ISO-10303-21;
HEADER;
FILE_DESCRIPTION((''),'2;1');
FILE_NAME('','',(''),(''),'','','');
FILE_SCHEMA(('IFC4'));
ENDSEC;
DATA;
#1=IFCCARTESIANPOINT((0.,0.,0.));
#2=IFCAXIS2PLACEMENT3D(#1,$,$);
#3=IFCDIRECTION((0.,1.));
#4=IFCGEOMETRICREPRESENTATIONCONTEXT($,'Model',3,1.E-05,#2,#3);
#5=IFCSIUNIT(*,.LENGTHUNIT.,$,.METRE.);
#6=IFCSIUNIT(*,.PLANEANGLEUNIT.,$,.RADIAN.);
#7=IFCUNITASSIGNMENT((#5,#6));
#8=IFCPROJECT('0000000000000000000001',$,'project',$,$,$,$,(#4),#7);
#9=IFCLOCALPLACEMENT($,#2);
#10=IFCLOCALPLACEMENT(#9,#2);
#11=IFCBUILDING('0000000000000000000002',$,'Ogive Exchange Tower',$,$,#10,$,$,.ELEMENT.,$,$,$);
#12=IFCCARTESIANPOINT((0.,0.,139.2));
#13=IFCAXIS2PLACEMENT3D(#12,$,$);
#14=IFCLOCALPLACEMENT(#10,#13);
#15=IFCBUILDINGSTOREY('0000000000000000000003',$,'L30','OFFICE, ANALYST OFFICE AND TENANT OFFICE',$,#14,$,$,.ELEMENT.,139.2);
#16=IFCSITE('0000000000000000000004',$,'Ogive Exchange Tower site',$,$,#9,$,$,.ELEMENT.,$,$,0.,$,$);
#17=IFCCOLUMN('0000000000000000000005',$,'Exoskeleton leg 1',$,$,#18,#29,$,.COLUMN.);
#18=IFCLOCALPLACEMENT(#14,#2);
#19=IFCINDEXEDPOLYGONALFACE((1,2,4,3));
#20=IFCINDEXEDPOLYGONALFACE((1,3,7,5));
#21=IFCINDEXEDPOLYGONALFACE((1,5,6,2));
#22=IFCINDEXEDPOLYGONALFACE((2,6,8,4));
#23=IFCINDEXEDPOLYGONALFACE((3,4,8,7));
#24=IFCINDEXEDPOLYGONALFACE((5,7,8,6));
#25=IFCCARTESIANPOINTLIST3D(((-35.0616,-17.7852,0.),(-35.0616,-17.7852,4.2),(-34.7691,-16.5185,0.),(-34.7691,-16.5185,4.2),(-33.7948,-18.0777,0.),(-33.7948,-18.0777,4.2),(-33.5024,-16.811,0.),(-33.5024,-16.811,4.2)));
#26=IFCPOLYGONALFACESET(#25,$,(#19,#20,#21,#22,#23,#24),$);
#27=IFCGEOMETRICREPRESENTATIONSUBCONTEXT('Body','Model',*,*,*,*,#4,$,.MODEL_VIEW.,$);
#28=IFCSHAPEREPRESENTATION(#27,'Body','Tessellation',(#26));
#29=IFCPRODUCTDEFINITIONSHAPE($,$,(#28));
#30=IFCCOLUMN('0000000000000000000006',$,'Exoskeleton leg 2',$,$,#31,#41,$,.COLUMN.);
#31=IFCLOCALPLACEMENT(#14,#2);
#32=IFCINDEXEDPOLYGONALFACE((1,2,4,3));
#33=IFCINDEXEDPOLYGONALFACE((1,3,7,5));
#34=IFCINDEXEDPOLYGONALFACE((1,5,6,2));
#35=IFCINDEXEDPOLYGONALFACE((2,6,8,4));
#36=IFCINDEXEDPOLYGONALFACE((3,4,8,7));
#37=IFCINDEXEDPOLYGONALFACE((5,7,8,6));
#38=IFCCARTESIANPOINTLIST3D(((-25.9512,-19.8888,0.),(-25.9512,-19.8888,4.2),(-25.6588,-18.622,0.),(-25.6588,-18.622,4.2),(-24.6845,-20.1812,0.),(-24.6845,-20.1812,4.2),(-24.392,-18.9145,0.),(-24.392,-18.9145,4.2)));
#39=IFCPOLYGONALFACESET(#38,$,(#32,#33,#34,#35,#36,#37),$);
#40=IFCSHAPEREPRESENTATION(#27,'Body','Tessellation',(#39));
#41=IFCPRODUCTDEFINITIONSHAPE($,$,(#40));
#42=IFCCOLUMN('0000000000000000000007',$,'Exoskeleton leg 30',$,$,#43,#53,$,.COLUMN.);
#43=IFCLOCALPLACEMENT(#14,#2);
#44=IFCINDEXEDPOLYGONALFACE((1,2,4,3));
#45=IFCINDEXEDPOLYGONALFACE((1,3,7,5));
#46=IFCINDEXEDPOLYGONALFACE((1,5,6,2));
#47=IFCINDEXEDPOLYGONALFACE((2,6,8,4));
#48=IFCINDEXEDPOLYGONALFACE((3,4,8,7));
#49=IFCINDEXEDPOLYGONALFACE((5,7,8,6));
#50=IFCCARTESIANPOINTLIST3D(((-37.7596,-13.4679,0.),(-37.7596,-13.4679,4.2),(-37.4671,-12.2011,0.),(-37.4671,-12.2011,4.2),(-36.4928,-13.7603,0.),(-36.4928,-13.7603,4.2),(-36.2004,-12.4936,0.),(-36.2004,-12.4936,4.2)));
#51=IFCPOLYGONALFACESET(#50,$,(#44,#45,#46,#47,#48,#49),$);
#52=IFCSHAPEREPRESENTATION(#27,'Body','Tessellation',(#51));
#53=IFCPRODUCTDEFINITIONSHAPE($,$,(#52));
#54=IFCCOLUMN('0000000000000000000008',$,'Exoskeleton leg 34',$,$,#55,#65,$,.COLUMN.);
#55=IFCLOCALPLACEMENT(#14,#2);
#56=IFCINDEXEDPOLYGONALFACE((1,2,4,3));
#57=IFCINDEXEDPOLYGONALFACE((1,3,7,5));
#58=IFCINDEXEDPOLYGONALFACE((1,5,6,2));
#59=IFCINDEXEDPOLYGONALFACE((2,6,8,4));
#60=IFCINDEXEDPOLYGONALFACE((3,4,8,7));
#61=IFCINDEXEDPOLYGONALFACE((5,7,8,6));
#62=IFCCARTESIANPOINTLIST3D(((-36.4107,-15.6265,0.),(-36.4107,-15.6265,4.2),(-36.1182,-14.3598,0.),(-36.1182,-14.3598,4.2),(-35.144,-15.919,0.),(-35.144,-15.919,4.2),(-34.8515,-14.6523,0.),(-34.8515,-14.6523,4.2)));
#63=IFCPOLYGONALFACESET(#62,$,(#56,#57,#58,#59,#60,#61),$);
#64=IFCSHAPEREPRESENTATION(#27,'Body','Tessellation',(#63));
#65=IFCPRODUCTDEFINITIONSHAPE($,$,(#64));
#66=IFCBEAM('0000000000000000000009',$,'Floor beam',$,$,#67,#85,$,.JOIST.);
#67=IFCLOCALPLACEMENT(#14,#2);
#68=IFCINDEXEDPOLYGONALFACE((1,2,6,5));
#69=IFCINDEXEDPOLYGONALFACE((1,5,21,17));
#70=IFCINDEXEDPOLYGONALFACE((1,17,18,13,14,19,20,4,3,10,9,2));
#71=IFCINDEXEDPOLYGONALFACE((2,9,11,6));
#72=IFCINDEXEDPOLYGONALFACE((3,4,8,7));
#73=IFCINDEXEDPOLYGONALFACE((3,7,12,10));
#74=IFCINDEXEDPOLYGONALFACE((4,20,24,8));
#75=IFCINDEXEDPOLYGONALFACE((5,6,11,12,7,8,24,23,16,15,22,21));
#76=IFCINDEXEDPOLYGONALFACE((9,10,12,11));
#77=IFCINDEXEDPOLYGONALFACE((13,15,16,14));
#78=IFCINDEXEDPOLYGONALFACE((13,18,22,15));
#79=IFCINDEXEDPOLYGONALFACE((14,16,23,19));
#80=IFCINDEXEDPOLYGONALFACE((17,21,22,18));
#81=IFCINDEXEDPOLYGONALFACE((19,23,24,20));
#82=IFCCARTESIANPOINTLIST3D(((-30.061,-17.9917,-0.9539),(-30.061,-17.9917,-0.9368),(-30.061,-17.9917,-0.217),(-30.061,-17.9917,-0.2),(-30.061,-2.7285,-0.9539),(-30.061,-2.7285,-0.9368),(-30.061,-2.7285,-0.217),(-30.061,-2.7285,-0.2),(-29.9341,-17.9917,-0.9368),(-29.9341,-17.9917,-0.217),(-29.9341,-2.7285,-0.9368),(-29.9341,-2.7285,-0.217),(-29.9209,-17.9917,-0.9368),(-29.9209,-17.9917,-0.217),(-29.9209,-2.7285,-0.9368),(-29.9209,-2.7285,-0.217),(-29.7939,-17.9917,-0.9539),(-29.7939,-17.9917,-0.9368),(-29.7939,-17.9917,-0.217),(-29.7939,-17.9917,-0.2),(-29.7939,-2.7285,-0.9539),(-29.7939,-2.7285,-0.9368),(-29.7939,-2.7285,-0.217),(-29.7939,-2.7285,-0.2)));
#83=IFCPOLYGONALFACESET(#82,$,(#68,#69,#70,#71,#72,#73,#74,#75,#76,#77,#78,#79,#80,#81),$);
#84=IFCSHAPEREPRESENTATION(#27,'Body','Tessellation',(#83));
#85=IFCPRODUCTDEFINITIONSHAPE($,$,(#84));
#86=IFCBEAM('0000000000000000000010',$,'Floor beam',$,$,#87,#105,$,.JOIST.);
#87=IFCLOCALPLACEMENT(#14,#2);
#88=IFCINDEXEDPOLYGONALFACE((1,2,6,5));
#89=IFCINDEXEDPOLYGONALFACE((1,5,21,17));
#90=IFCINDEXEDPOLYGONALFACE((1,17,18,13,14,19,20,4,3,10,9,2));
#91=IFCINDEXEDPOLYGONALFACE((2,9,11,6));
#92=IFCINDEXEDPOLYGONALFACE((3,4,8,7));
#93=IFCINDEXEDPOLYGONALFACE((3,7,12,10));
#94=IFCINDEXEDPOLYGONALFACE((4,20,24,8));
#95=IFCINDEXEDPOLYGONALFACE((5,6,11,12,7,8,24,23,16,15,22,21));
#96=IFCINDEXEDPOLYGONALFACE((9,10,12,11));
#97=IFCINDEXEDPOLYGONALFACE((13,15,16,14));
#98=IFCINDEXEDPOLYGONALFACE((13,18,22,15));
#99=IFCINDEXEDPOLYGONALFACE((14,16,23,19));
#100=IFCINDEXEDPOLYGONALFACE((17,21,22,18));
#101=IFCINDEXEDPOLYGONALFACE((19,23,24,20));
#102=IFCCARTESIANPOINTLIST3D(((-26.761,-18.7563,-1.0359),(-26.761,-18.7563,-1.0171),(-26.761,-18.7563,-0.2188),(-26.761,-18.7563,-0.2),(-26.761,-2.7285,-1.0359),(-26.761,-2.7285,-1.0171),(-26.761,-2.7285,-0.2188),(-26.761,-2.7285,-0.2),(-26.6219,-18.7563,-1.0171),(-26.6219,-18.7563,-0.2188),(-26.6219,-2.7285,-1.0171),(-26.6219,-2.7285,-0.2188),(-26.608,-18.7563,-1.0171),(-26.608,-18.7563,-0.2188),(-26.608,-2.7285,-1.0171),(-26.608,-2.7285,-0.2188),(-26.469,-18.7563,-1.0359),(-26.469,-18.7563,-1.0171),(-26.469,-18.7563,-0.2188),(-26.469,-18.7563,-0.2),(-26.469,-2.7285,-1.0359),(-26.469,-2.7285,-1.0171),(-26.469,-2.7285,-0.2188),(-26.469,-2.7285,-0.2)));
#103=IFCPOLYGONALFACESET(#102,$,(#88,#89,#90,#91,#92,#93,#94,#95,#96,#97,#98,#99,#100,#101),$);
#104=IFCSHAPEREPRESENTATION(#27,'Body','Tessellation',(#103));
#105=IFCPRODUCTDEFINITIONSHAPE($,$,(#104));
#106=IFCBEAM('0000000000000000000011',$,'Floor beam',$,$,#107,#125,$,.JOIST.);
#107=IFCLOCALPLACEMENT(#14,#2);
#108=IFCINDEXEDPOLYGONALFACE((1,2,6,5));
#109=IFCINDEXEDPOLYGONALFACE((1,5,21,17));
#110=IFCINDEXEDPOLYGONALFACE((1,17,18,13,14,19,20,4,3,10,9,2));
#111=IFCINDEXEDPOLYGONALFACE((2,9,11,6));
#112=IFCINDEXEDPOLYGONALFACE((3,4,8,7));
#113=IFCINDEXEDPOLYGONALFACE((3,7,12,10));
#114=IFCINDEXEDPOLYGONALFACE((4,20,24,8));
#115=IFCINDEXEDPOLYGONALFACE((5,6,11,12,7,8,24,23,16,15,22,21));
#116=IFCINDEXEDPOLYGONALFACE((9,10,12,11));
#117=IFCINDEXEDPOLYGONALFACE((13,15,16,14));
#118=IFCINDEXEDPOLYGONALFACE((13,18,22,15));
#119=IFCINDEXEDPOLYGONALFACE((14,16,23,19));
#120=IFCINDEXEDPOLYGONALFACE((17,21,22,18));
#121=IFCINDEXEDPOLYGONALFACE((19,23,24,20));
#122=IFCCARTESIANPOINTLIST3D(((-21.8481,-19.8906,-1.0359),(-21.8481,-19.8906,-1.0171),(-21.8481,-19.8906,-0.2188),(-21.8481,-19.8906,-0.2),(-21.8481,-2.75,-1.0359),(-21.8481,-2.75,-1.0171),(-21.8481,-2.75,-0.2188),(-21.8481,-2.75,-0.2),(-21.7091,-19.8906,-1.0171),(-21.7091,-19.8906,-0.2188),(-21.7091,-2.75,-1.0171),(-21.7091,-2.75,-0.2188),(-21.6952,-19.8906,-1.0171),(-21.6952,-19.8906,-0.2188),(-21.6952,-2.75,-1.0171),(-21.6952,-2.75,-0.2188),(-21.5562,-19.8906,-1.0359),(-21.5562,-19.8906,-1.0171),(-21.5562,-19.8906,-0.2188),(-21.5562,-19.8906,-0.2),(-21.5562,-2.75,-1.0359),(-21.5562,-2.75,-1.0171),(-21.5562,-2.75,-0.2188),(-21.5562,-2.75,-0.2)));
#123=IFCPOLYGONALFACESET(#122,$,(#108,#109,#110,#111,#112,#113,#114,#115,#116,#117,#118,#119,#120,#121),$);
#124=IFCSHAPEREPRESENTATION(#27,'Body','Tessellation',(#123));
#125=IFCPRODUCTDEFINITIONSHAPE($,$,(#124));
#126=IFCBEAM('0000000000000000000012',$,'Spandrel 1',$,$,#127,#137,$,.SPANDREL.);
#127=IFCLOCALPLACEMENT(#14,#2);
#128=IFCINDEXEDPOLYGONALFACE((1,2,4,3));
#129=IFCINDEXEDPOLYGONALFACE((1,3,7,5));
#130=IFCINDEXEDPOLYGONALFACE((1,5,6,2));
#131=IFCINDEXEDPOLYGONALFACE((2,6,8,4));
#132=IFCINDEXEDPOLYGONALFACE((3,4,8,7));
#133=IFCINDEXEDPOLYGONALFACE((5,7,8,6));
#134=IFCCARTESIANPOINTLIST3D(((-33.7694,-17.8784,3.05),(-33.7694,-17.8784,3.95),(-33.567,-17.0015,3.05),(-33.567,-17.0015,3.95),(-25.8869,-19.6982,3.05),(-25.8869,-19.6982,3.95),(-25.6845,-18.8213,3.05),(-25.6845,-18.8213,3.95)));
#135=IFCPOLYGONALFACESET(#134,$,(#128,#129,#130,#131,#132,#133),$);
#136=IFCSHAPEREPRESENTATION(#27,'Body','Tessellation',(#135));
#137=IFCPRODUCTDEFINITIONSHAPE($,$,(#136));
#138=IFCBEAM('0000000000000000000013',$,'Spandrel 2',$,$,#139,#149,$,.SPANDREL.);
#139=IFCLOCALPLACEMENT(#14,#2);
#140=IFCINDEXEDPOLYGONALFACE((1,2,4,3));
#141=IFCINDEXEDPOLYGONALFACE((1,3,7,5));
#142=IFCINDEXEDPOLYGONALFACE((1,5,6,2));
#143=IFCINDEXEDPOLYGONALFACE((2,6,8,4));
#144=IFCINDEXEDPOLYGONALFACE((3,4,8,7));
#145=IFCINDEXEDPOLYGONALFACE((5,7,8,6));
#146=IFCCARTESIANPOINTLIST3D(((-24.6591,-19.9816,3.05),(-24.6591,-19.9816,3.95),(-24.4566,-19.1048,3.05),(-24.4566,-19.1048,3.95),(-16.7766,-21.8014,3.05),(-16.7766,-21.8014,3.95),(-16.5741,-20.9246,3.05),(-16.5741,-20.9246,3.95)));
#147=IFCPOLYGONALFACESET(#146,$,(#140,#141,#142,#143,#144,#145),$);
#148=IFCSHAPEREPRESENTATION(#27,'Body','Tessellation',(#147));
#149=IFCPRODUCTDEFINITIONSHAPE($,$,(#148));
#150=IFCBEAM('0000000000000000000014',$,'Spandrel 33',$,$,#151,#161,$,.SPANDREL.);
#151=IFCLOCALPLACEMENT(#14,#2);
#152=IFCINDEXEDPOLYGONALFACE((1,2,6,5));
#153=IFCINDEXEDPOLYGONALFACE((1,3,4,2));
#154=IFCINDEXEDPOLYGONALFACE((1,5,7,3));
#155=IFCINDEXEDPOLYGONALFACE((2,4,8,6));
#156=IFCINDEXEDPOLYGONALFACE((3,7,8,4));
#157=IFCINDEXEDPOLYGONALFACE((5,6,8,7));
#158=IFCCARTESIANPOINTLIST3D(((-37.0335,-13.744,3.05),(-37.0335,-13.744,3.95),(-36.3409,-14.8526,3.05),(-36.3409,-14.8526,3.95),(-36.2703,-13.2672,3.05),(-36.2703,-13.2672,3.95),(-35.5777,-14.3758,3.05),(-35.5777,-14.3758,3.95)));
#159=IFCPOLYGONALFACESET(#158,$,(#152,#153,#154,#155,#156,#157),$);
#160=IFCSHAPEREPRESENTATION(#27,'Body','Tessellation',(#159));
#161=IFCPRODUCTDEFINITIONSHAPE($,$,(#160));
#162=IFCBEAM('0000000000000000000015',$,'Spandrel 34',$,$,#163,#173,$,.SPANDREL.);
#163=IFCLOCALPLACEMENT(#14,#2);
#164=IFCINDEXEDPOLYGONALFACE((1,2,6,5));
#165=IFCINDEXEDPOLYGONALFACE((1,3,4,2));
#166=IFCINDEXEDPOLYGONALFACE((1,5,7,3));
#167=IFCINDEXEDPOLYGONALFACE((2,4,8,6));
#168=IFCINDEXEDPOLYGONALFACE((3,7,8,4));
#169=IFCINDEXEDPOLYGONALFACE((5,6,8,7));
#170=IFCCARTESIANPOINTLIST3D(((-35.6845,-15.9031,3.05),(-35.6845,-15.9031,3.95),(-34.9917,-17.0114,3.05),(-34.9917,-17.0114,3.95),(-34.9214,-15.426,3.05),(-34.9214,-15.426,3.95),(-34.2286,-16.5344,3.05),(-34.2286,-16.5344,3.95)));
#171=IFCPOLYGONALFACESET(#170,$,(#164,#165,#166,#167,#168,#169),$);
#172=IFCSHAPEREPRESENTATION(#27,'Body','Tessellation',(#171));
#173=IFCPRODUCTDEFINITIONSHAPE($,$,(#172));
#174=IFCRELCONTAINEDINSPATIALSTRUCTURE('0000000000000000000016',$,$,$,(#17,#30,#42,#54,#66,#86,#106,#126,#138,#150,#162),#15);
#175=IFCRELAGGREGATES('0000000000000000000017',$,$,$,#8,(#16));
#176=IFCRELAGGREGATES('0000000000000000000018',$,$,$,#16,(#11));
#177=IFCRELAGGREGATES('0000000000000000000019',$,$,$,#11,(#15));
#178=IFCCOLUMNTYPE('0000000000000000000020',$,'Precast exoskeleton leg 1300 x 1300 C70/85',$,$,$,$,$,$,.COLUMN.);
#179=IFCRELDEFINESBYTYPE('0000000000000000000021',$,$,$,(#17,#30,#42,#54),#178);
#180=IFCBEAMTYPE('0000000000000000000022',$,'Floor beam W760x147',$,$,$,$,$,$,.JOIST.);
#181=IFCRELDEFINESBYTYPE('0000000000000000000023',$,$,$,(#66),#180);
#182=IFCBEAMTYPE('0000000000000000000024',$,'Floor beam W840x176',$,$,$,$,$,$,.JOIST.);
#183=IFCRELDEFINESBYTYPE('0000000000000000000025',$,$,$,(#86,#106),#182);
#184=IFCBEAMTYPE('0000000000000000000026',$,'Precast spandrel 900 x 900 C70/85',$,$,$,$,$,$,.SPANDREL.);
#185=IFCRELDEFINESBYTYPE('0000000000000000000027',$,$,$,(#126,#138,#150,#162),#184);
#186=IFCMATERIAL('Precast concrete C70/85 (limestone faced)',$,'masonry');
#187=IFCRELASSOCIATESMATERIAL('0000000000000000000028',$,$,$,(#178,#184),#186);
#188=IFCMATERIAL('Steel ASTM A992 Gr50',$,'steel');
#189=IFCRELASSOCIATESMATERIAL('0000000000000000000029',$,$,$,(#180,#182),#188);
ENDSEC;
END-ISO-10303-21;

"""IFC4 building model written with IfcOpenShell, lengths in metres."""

from ifc_helpers import new_model, si_unit, direction, frame, origin, origin_2d, place, context, subcontext, project, spatial, rectangle, i_section, extrude, material, material_profile, profile_set, type_object, element, save


model = new_model("IFC4")

# Units and contexts
model_context = context("Model", 3, precision=1e-05, world=origin(), true_north=direction((0.0, 1.0)))
body_context = subcontext(model_context, "Body", "Model", "MODEL_VIEW")
ifc_project = project(units=[si_unit("LENGTHUNIT", "METRE"), si_unit("PLANEANGLEUNIT", "RADIAN")], contexts=[model_context])

# Site, building, storey
site_placement = place(None, origin())
site = spatial("IfcSite", under=ifc_project, at=site_placement, Name="Ogive Exchange Tower site", CompositionType="ELEMENT", RefElevation=0.0)
building_placement = place(site_placement, origin())
building = spatial("IfcBuilding", under=site, at=building_placement, Name="Ogive Exchange Tower", CompositionType="ELEMENT")
storey_placement = place(building_placement, frame((0.0, 0.0, 139.2)))
storey = spatial("IfcBuildingStorey", under=building, at=storey_placement, Name="L30", Description="OFFICE, ANALYST OFFICE AND TENANT OFFICE", CompositionType="ELEMENT", Elevation=139.2)

# Columns
ifc_material_1 = material(Name="Precast concrete C70/85 (limestone faced)", Category="masonry")
ifc_material_profile_1 = material_profile(ifc_material_1, rectangle(XDim=1.3, YDim=1.3, at=origin_2d()), Name="1300 x 1300")
ifc_profile_set_1 = profile_set([ifc_material_profile_1], Name="Precast concrete C70/85 (limestone faced)")
column_type = type_object("IfcColumnType", Name="Precast exoskeleton leg 1300 x 1300 C70/85", PredefinedType="COLUMN", material=ifc_profile_set_1)
for number, where, z_axis, x_axis, name in (
    (1, (-34.282, -17.2981, 0.0), (0.0, 0.0, 1.0), (0.97437, -0.224951, 0.0), "Exoskeleton leg 1"),
    (2, (-25.1716, -19.4016, 0.0), (0.0, 0.0, 1.0), (0.97437, -0.224951, 0.0), "Exoskeleton leg 2"),
    (3, (-36.98, -12.9807, 0.0), (0.0, 0.0, 1.0), (0.97437, -0.224951, 0.0), "Exoskeleton leg 30"),
    (4, (-35.6311, -15.1394, 0.0), (0.0, 0.0, 1.0), (0.97437, -0.224951, 0.0), "Exoskeleton leg 34"),
):
    element("IfcColumn", number, at=place(storey_placement, frame(where, z_axis=z_axis, x_axis=x_axis)), inside=storey, type_object=column_type, Name=name, PredefinedType="COLUMN", context=body_context, shape_type="SweptSolid", body=[
        extrude(rectangle(XDim=1.3, YDim=1.3, at=origin_2d()), origin(), (0.0, 0.0, 1.0), 4.2),
    ])

# Beams
ifc_material_2 = material(Name="Steel ASTM A992 Gr50", Category="steel")
ifc_material_profile_2 = material_profile(ifc_material_2, i_section(OverallWidth=0.2671, OverallDepth=0.7539, WebThickness=0.0132, FlangeThickness=0.0171, at=origin_2d()), Name="W760x147")
ifc_profile_set_2 = profile_set([ifc_material_profile_2], Name="Steel ASTM A992 Gr50")
beam_type_1 = type_object("IfcBeamType", Name="Floor beam W760x147", PredefinedType="JOIST", material=ifc_profile_set_2)
beam_1_placement = place(storey_placement, frame((-29.9275, -17.9917, -0.5769), z_axis=(0.0, 1.0, 0.0), x_axis=(-1.0, 0.0, 0.0)))
element("IfcBeam", 5, at=beam_1_placement, inside=storey, type_object=beam_type_1, Name="Floor beam", PredefinedType="JOIST", context=body_context, shape_type="SweptSolid", body=[
    extrude(i_section(OverallWidth=0.2671, OverallDepth=0.7539, WebThickness=0.0132, FlangeThickness=0.0171, at=origin_2d()), origin(), (0.0, 0.0, 1.0), 15.2632),
])
ifc_material_profile_3 = material_profile(ifc_material_2, i_section(OverallWidth=0.292, OverallDepth=0.8359, WebThickness=0.0139, FlangeThickness=0.0188, at=origin_2d()), Name="W840x176")
ifc_profile_set_3 = profile_set([ifc_material_profile_3], Name="Steel ASTM A992 Gr50")
beam_type_2 = type_object("IfcBeamType", Name="Floor beam W840x176", PredefinedType="JOIST", material=ifc_profile_set_3)
beam_2_placement = place(storey_placement, frame((-26.615, -18.7563, -0.6179), z_axis=(0.0, 1.0, 0.0), x_axis=(-1.0, 0.0, 0.0)))
element("IfcBeam", 6, at=beam_2_placement, inside=storey, type_object=beam_type_2, Name="Floor beam", PredefinedType="JOIST", context=body_context, shape_type="SweptSolid", body=[
    extrude(i_section(OverallWidth=0.292, OverallDepth=0.8359, WebThickness=0.0139, FlangeThickness=0.0188, at=origin_2d()), origin(), (0.0, 0.0, 1.0), 16.0278),
])
beam_3_placement = place(storey_placement, frame((-21.7021, -19.8906, -0.6179), z_axis=(0.0, 1.0, 0.0), x_axis=(-1.0, 0.0, 0.0)))
element("IfcBeam", 7, at=beam_3_placement, inside=storey, type_object=beam_type_2, Name="Floor beam", PredefinedType="JOIST", context=body_context, shape_type="SweptSolid", body=[
    extrude(i_section(OverallWidth=0.292, OverallDepth=0.8359, WebThickness=0.0139, FlangeThickness=0.0188, at=origin_2d()), origin(), (0.0, 0.0, 1.0), 17.1406),
])
ifc_material_profile_4 = material_profile(ifc_material_1, rectangle(XDim=0.8999, YDim=0.8999, at=origin_2d()), Name="900 x 900")
ifc_profile_set_4 = profile_set([ifc_material_profile_4], Name="Precast concrete C70/85 (limestone faced)")
beam_type_3 = type_object("IfcBeamType", Name="Precast spandrel 900 x 900 C70/85", PredefinedType="SPANDREL", material=ifc_profile_set_4)
for number, where, z_axis, x_axis, name in (
    (8, (-33.6682, -17.4399, 3.5), (0.97437, -0.22495, 0.0), (0.22495, 0.97437, 0.0), "Spandrel 1"),
    (9, (-24.5579, -19.5432, 3.5), (0.97437, -0.22495, 0.0), (0.22495, 0.97437, 0.0), "Spandrel 2"),
):
    element("IfcBeam", number, at=place(storey_placement, frame(where, z_axis=z_axis, x_axis=x_axis)), inside=storey, type_object=beam_type_3, Name=name, PredefinedType="SPANDREL", context=body_context, shape_type="SweptSolid", body=[
        extrude(rectangle(XDim=0.8999, YDim=0.8999, at=origin_2d()), origin(), (0.0, 0.0, 1.0), 8.0898),
    ])
for number, where, z_axis, x_axis, name in (
    (10, (-36.6519, -13.5056, 3.5), (0.529848, -0.848093, 0.0), (0.848093, 0.529848, 0.0), "Spandrel 33"),
    (11, (-35.303, -15.6646, 3.5), (0.530066, -0.847956, 0.0), (0.847956, 0.530066, 0.0), "Spandrel 34"),
):
    element("IfcBeam", number, at=place(storey_placement, frame(where, z_axis=z_axis, x_axis=x_axis)), inside=storey, type_object=beam_type_3, Name=name, PredefinedType="SPANDREL", context=body_context, shape_type="SweptSolid", body=[
        extrude(rectangle(XDim=0.8999, YDim=0.8999, at=origin_2d()), origin(), (0.0, 0.0, 1.0), 1.3071),
    ])

save(model, "model.ifc")
